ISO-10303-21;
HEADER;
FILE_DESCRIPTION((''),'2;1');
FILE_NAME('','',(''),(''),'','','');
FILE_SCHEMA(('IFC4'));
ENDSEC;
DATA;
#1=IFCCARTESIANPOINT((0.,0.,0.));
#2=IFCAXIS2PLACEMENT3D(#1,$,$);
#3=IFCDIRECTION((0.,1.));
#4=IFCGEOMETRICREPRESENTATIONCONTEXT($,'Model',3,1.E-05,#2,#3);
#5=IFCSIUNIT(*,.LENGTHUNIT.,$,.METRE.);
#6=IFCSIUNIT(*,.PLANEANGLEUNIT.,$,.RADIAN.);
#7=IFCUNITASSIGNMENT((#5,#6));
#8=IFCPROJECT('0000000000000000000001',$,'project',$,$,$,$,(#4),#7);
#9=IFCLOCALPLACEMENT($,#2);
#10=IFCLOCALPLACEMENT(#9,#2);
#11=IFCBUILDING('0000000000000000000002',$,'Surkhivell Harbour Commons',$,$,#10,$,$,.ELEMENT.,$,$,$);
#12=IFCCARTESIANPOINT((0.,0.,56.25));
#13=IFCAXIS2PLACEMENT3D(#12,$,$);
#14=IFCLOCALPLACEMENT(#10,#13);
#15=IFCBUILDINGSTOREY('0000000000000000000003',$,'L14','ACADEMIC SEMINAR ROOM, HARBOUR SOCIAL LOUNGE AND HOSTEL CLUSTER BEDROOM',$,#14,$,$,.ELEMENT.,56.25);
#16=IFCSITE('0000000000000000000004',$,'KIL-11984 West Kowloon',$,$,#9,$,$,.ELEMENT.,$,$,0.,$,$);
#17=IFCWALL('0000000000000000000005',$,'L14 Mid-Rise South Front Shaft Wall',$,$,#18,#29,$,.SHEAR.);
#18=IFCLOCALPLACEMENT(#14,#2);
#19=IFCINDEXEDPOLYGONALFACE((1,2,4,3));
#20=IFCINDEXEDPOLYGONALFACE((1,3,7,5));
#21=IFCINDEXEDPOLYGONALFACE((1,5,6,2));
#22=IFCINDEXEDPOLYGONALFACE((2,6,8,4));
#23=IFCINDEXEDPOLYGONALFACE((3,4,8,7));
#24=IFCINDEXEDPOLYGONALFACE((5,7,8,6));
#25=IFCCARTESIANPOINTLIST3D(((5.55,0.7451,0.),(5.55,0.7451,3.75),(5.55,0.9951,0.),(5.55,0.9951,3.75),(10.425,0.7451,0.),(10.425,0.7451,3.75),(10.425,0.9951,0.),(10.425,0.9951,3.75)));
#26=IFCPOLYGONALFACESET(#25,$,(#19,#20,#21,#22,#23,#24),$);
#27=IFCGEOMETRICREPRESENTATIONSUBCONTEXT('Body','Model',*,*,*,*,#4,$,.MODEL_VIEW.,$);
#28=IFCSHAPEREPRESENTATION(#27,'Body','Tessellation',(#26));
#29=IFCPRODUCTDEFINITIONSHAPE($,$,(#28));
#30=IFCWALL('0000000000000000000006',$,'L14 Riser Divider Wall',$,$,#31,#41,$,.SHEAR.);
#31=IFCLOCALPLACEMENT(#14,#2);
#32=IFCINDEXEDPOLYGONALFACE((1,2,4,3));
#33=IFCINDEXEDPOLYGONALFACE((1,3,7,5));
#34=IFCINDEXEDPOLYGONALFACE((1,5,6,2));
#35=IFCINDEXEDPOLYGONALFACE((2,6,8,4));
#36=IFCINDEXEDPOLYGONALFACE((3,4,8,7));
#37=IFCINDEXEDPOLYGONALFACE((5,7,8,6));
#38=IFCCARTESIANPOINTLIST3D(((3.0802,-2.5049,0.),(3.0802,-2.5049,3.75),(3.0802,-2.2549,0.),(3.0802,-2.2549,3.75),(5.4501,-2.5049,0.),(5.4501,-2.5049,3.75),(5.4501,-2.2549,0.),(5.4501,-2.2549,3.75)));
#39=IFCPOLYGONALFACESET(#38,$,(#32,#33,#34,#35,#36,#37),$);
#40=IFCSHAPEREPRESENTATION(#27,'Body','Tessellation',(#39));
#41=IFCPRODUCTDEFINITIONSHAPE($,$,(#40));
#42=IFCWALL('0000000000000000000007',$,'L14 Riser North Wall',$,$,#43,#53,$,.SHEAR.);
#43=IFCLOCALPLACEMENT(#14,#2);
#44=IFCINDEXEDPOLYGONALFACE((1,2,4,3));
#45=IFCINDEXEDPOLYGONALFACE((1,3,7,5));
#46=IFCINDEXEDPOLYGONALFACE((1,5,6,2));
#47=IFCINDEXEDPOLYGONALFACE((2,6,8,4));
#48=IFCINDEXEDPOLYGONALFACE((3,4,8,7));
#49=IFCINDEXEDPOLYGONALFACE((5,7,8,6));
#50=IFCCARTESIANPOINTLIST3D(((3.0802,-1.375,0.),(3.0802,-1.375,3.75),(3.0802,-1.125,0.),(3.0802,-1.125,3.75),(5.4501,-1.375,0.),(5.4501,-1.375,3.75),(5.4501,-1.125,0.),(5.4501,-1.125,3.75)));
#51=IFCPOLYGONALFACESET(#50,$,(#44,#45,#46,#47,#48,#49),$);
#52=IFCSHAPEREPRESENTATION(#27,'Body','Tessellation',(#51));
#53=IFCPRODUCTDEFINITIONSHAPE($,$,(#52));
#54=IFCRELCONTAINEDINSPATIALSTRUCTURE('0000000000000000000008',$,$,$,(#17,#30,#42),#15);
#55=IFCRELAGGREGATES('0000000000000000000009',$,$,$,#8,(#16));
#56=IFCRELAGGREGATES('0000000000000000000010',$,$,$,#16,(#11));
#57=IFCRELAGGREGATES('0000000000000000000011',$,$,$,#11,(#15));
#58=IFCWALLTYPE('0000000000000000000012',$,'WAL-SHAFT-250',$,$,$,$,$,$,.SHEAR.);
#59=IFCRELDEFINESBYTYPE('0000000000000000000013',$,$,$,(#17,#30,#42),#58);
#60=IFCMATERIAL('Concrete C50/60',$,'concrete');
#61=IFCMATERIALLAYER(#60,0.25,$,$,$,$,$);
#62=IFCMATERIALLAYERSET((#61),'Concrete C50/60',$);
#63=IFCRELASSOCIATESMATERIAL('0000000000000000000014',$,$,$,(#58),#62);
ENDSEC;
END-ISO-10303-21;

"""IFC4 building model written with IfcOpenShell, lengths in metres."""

from ifc_helpers import new_model, si_unit, direction, frame, frame_2d, origin, place, context, subcontext, project, spatial, rectangle, extrude, material, layer, layer_set, type_object, element, save


model = new_model("IFC4")

# Units and contexts
model_context = context("Model", 3, precision=1e-05, world=origin(), true_north=direction((0.0, 1.0)))
body_context = subcontext(model_context, "Body", "Model", "MODEL_VIEW")
ifc_project = project(units=[si_unit("LENGTHUNIT", "METRE"), si_unit("PLANEANGLEUNIT", "RADIAN")], contexts=[model_context])

# Site, building, storey
site_placement = place(None, origin())
site = spatial("IfcSite", under=ifc_project, at=site_placement, Name="KIL-11984 West Kowloon", CompositionType="ELEMENT", RefElevation=0.0)
building_placement = place(site_placement, origin())
building = spatial("IfcBuilding", under=site, at=building_placement, Name="Surkhivell Harbour Commons", CompositionType="ELEMENT")
storey_placement = place(building_placement, frame((0.0, 0.0, 56.25)))
storey = spatial("IfcBuildingStorey", under=building, at=storey_placement, Name="L14", Description="ACADEMIC SEMINAR ROOM, HARBOUR SOCIAL LOUNGE AND HOSTEL CLUSTER BEDROOM", CompositionType="ELEMENT", Elevation=56.25)

# Shared definitions
ifc_material_1 = material(Name="Concrete C50/60", Category="concrete")
ifc_layer_1 = layer(ifc_material_1, 0.25)
ifc_layer_set_1 = layer_set([ifc_layer_1], Name="Concrete C50/60")
wall_type_1 = type_object("IfcWallType", Name="WAL-SHAFT-250", PredefinedType="SHEAR", material=ifc_layer_set_1)

# Walls
for number, where, z_axis, x_axis, name in (
    (1, (5.55, 0.8701, 0.0), (0.0, 0.0, 1.0), (1.0, 0.0, 0.0), "L14 Mid-Rise South Front Shaft Wall"),
):
    element("IfcWall", number, at=place(storey_placement, frame(where, z_axis=z_axis, x_axis=x_axis)), inside=storey, type_object=wall_type_1, Name=name, PredefinedType="SHEAR", context=body_context, shape_type="SweptSolid", body=[
        extrude(rectangle(XDim=4.875, YDim=0.25, at=frame_2d((2.4375, 0.0))), origin(), (0.0, 0.0, 1.0), 3.75),
    ])
for number, where, z_axis, x_axis, name in (
    (2, (3.0801, -2.3799, 0.0), (0.0, 0.0, 1.0), (1.0, 0.0, 0.0), "L14 Riser Divider Wall"),
    (3, (3.0801, -1.25, 0.0), (0.0, 0.0, 1.0), (1.0, 0.0, 0.0), "L14 Riser North Wall"),
):
    element("IfcWall", number, at=place(storey_placement, frame(where, z_axis=z_axis, x_axis=x_axis)), inside=storey, type_object=wall_type_1, Name=name, PredefinedType="SHEAR", context=body_context, shape_type="SweptSolid", body=[
        extrude(rectangle(XDim=2.3699, YDim=0.25, at=frame_2d((1.1851, 0.0))), origin(), (0.0, 0.0, 1.0), 3.75),
    ])

save(model, "model.ifc")
